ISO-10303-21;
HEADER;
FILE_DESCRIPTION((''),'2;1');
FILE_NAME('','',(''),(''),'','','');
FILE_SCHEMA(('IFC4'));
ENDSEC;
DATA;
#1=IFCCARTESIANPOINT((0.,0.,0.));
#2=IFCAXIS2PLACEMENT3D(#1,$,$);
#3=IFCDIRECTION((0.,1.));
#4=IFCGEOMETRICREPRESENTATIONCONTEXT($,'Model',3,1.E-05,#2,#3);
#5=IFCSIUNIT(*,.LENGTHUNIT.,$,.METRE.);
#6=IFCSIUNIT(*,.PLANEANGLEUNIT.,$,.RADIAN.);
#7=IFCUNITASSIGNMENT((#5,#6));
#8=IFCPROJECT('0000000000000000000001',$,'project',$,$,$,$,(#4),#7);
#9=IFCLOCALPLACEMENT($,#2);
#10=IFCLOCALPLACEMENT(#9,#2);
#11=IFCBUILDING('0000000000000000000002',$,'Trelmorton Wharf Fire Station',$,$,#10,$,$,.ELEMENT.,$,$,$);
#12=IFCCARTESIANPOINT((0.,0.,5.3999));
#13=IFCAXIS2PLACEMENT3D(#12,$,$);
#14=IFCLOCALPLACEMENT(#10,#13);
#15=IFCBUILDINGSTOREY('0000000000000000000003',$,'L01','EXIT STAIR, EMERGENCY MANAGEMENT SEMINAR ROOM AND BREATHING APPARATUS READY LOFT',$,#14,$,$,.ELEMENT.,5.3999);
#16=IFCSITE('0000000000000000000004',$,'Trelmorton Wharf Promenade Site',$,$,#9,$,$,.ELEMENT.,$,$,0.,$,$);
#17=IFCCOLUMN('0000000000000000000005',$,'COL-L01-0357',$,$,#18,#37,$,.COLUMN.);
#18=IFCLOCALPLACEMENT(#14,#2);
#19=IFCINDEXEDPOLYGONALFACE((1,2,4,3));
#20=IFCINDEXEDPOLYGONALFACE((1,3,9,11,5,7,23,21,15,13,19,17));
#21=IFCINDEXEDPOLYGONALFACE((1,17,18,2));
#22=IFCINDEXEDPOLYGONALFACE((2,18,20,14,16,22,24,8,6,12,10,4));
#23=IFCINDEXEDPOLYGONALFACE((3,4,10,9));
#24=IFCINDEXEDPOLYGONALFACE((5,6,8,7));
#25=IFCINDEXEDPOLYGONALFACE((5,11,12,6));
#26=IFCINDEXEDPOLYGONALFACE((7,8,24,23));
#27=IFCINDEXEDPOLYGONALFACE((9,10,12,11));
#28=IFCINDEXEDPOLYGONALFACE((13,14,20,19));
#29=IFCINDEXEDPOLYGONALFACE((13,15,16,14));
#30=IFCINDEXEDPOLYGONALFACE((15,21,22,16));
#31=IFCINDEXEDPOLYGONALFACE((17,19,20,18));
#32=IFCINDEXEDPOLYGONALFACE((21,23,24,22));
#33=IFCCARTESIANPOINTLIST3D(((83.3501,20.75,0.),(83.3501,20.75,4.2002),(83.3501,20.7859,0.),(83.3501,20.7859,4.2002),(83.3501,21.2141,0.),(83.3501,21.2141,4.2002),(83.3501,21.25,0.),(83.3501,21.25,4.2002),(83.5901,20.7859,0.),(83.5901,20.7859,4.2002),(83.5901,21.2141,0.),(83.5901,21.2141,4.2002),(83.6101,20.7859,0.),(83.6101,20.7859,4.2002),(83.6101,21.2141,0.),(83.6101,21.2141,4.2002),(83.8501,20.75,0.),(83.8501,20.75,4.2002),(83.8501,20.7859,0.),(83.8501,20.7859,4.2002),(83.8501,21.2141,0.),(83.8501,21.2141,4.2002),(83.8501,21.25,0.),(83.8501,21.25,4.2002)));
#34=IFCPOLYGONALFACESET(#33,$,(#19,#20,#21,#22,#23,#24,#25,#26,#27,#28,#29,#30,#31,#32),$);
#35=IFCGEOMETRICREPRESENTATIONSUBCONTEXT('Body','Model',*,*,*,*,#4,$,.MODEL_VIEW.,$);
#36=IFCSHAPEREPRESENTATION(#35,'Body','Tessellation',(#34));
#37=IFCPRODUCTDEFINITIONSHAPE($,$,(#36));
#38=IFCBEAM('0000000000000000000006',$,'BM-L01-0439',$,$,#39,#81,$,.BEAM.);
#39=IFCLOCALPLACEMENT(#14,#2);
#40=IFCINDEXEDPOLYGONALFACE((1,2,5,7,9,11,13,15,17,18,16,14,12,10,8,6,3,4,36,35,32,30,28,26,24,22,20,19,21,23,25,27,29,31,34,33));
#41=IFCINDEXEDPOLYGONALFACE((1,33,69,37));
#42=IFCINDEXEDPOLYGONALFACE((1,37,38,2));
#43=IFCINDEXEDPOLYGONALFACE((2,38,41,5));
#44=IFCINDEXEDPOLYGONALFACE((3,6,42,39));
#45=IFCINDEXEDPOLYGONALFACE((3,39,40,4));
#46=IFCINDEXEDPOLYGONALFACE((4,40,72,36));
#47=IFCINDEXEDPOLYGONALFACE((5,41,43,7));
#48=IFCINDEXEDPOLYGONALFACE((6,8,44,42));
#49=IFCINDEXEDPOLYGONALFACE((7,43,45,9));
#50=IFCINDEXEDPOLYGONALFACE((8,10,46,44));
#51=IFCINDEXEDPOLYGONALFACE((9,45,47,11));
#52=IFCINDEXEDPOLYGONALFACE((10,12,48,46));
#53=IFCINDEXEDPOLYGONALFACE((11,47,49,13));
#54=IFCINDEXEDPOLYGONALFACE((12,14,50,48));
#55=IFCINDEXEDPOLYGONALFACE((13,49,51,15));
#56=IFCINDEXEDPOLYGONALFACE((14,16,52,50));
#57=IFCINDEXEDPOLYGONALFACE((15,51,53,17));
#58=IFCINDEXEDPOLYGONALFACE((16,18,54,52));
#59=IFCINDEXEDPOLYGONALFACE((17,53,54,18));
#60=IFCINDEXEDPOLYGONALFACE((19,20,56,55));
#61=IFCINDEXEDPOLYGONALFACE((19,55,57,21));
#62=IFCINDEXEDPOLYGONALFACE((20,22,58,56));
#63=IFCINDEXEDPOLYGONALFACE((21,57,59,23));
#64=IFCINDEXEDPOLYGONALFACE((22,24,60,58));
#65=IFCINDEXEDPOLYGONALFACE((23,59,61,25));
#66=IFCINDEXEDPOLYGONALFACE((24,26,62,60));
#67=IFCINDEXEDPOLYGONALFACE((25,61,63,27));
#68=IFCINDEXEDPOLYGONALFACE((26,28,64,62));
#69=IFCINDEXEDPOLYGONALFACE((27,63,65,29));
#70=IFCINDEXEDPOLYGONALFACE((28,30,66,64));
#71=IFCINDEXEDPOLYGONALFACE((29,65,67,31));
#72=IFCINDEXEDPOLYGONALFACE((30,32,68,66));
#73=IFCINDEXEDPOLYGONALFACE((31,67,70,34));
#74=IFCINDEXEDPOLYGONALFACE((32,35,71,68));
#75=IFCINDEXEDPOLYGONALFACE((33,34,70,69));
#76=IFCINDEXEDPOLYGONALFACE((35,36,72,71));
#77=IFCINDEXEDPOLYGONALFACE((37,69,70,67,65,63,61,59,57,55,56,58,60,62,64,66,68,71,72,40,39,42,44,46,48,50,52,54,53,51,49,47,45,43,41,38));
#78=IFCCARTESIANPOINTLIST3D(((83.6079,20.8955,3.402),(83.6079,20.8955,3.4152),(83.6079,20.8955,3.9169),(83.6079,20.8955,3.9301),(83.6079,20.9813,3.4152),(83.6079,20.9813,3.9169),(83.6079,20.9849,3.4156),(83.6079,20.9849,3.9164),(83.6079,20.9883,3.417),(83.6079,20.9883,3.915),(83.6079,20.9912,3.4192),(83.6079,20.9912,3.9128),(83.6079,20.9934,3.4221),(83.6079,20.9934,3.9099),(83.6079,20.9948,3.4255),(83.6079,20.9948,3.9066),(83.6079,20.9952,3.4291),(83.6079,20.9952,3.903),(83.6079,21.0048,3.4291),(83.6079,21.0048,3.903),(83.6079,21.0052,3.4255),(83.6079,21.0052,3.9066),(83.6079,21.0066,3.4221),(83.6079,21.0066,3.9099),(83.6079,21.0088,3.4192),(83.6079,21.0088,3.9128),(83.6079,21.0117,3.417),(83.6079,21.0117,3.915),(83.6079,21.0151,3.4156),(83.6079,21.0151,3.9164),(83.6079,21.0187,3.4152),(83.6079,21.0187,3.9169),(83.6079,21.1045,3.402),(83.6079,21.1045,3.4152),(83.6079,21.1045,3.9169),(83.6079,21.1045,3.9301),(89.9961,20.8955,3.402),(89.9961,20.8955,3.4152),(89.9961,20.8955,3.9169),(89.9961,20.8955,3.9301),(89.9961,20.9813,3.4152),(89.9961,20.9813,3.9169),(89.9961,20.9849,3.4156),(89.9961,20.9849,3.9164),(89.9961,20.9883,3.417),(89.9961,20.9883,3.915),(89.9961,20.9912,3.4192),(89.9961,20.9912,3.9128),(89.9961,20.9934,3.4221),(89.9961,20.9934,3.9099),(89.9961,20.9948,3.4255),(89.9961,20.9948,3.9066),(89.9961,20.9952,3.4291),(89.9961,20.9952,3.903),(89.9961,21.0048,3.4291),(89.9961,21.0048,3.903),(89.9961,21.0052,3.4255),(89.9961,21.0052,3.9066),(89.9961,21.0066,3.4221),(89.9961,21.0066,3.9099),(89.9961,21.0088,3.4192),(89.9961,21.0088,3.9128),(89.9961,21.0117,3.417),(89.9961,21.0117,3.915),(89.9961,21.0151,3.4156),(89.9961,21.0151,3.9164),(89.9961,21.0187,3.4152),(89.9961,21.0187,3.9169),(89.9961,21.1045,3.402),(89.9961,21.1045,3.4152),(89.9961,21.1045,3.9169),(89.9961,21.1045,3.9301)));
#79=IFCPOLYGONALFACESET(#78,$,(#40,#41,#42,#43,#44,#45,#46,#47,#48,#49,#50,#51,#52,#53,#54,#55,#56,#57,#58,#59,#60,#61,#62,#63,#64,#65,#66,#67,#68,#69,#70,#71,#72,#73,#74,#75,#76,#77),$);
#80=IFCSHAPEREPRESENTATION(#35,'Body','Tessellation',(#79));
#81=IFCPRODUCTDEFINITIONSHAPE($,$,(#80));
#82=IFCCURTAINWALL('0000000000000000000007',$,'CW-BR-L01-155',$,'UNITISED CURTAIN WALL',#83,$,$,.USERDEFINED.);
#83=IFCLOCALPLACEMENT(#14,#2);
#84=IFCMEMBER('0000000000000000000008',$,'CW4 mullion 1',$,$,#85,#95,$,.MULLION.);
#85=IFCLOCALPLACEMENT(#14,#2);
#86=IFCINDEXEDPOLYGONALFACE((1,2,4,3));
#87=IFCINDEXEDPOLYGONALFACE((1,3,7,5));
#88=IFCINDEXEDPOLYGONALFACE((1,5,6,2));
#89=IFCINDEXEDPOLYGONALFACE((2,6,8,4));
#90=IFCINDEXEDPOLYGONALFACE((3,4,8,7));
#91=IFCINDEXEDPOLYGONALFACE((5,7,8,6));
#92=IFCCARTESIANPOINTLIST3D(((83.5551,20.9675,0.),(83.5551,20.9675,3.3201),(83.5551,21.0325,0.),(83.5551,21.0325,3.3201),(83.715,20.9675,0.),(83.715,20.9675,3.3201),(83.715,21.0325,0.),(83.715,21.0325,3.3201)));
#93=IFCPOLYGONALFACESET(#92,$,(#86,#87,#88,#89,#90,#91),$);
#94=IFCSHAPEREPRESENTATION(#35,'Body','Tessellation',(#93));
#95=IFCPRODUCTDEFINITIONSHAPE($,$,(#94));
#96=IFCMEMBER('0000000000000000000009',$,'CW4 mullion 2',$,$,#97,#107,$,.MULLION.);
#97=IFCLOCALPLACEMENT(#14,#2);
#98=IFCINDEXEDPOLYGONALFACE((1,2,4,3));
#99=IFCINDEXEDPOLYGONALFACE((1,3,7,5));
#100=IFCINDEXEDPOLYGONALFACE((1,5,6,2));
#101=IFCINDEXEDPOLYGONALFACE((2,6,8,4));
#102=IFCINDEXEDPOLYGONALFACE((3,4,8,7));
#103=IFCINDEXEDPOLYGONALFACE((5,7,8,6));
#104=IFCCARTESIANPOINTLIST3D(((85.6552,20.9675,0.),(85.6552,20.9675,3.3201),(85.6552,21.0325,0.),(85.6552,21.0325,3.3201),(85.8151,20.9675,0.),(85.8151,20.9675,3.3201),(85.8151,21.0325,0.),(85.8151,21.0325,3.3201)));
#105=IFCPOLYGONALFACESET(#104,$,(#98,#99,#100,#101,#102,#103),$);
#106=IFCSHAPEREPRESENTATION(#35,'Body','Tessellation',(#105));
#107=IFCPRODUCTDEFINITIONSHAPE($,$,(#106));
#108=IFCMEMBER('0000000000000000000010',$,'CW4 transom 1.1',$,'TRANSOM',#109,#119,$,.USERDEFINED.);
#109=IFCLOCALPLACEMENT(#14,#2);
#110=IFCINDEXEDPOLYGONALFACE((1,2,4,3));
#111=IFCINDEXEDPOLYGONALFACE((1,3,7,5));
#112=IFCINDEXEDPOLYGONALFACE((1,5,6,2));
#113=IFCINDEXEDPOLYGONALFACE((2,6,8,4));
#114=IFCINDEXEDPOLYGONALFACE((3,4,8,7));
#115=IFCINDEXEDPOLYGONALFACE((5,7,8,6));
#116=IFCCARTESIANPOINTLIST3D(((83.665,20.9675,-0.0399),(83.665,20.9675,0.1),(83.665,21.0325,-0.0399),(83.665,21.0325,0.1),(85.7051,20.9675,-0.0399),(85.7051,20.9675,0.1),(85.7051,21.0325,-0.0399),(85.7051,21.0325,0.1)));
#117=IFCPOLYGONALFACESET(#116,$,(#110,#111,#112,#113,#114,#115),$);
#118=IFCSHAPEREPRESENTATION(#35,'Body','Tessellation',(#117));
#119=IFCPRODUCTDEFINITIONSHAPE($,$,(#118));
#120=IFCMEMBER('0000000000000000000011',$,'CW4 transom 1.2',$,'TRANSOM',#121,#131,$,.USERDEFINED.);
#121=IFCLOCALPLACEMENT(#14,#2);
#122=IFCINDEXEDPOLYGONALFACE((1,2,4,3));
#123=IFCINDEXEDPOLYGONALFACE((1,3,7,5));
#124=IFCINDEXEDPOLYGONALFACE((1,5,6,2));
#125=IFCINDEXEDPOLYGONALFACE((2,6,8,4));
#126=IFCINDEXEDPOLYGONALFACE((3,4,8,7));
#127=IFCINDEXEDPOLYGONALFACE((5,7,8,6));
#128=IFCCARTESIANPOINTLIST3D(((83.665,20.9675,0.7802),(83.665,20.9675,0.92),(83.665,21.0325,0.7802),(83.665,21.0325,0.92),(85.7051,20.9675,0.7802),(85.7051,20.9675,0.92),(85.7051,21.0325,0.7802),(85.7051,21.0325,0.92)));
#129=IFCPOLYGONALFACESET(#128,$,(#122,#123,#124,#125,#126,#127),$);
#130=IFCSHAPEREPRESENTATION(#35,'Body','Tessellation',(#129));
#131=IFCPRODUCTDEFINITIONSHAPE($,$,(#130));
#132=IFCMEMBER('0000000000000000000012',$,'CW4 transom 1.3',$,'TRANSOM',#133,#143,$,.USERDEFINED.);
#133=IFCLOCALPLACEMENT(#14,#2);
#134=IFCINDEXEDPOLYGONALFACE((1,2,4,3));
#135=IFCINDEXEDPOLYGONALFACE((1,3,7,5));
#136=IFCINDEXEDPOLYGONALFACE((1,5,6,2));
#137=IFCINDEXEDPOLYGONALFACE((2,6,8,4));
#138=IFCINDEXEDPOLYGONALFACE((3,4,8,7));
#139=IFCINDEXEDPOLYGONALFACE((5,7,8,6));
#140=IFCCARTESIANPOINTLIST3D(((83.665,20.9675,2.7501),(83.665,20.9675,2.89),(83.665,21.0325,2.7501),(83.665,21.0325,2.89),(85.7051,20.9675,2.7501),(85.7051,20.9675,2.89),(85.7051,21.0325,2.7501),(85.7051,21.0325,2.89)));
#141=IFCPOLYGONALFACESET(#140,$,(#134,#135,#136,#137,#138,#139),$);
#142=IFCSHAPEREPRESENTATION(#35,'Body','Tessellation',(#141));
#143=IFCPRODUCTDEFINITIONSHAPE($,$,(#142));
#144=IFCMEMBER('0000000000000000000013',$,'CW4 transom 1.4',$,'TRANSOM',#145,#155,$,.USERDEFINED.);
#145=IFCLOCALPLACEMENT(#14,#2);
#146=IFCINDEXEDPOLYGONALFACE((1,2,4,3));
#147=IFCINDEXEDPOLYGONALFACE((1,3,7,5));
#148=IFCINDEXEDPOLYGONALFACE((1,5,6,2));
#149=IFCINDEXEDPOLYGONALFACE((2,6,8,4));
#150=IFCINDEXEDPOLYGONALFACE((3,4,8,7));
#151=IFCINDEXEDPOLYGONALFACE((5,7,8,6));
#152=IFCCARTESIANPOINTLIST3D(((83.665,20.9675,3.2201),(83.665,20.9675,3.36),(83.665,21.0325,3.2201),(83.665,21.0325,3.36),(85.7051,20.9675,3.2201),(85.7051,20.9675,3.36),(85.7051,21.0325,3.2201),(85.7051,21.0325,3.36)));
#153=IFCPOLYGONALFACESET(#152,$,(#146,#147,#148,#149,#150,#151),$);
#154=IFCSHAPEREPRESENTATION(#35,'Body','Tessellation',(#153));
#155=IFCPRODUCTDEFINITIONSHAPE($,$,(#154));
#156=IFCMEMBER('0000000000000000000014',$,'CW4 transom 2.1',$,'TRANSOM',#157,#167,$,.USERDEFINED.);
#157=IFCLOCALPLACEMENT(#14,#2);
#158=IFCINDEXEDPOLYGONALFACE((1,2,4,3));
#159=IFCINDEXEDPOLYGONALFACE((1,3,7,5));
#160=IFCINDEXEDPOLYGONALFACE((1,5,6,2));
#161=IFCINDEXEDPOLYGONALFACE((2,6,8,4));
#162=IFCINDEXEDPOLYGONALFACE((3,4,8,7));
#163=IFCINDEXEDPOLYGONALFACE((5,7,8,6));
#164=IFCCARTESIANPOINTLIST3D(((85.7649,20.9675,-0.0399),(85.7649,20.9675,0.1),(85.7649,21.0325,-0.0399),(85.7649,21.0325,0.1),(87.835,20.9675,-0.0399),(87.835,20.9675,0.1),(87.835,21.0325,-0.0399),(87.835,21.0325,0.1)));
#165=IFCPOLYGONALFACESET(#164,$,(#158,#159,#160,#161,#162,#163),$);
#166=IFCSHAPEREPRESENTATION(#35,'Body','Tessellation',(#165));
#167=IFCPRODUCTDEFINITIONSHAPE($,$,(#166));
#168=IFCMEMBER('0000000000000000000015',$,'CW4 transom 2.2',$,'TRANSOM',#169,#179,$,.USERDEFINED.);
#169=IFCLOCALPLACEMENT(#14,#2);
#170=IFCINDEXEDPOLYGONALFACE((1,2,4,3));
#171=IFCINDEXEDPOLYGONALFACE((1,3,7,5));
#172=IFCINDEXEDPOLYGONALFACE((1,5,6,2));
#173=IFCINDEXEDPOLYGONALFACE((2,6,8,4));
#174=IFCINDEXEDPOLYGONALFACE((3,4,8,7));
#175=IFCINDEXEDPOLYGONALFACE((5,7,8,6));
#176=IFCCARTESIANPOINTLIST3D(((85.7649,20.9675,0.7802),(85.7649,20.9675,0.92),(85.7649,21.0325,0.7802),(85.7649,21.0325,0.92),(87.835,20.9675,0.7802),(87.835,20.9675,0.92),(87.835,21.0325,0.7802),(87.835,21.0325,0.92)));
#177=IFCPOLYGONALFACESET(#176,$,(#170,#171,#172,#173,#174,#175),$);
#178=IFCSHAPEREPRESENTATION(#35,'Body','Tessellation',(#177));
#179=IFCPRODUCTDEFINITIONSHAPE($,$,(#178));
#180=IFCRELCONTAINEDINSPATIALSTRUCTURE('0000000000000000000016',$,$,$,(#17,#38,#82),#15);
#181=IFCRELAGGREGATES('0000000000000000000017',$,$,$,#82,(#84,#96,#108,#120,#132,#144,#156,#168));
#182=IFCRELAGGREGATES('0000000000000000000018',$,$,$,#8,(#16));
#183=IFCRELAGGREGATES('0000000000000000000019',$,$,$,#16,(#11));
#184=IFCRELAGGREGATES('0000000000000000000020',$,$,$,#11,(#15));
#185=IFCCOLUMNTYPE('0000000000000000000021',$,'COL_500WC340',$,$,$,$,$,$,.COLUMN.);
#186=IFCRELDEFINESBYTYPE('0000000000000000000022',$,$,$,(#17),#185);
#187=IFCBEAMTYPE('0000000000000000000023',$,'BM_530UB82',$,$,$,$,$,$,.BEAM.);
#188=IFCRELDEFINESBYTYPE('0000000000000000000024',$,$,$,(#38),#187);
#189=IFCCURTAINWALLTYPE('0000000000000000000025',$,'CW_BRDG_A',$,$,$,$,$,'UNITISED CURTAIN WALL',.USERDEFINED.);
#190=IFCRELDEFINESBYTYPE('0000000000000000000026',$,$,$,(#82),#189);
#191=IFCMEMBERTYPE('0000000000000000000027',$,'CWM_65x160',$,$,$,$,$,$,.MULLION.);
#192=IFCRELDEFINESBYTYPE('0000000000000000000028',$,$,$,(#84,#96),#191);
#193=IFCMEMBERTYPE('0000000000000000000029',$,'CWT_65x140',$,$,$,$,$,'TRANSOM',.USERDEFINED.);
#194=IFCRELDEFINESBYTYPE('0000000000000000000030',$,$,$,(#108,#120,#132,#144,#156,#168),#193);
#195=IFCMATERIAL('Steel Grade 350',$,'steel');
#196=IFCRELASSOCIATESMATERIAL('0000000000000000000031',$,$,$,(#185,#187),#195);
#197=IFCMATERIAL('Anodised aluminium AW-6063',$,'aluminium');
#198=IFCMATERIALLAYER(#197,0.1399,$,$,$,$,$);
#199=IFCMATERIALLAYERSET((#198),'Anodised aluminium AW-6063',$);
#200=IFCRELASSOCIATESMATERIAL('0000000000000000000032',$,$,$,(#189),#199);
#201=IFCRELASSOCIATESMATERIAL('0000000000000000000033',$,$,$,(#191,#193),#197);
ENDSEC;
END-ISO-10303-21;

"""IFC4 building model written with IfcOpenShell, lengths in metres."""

from ifc_helpers import new_model, si_unit, direction, frame, origin, origin_2d, place, context, subcontext, project, spatial, rectangle, i_section, extrude, material, layer, layer_set, material_profile, profile_set, type_object, element, aggregate, save


model = new_model("IFC4")

# Units and contexts
model_context = context("Model", 3, precision=1e-05, world=origin(), true_north=direction((0.0, 1.0)))
body_context = subcontext(model_context, "Body", "Model", "MODEL_VIEW")
ifc_project = project(units=[si_unit("LENGTHUNIT", "METRE"), si_unit("PLANEANGLEUNIT", "RADIAN")], contexts=[model_context])

# Site, building, storey
site_placement = place(None, origin())
site = spatial("IfcSite", under=ifc_project, at=site_placement, Name="Trelmorton Wharf Promenade Site", CompositionType="ELEMENT", RefElevation=0.0)
building_placement = place(site_placement, origin())
building = spatial("IfcBuilding", under=site, at=building_placement, Name="Trelmorton Wharf Fire Station", CompositionType="ELEMENT")
storey_placement = place(building_placement, frame((0.0, 0.0, 5.3999)))
storey = spatial("IfcBuildingStorey", under=building, at=storey_placement, Name="L01", Description="EXIT STAIR, EMERGENCY MANAGEMENT SEMINAR ROOM AND BREATHING APPARATUS READY LOFT", CompositionType="ELEMENT", Elevation=5.3999)

# Column
ifc_material_1 = material(Name="Steel Grade 350", Category="steel")
ifc_material_profile_1 = material_profile(ifc_material_1, i_section(OverallWidth=0.5, OverallDepth=0.5, WebThickness=0.02, FlangeThickness=0.0359, at=origin_2d()), Name="500WC340")
ifc_profile_set_1 = profile_set([ifc_material_profile_1], Name="Steel Grade 350")
column_type = type_object("IfcColumnType", Name="COL_500WC340", PredefinedType="COLUMN", material=ifc_profile_set_1)
column_placement = place(storey_placement, frame((83.6001, 21.0, 0.0), z_axis=(0.0, 0.0, 1.0), x_axis=(1.0, 0.0, 0.0)))
element("IfcColumn", 1, at=column_placement, inside=storey, type_object=column_type, Name="COL-L01-0357", PredefinedType="COLUMN", context=body_context, shape_type="SweptSolid", body=[
    extrude(i_section(OverallWidth=0.5, OverallDepth=0.5, WebThickness=0.02, FlangeThickness=0.0359, at=origin_2d()), origin(), (0.0, 0.0, 1.0), 4.2002),
])

# Beam
ifc_material_profile_2 = material_profile(ifc_material_1, i_section(OverallWidth=0.209, OverallDepth=0.5281, WebThickness=0.0095, FlangeThickness=0.0132, FilletRadius=0.0139, at=origin_2d()), Name="530UB82.0")
ifc_profile_set_2 = profile_set([ifc_material_profile_2], Name="Steel Grade 350")
beam_type = type_object("IfcBeamType", Name="BM_530UB82", PredefinedType="BEAM", material=ifc_profile_set_2)
beam_placement = place(storey_placement, frame((83.6079, 21.0, 3.666), z_axis=(1.0, 0.0, 0.0), x_axis=(0.0, 1.0, 0.0)))
element("IfcBeam", 2, at=beam_placement, inside=storey, type_object=beam_type, Name="BM-L01-0439", PredefinedType="BEAM", context=body_context, shape_type="SweptSolid", body=[
    extrude(i_section(OverallWidth=0.209, OverallDepth=0.5281, WebThickness=0.0095, FlangeThickness=0.0132, FilletRadius=0.0139, at=origin_2d()), origin(), (0.0, 0.0, 1.0), 6.3882),
])

# Curtain wall, members
ifc_material_2 = material(Name="Anodised aluminium AW-6063", Category="aluminium")
ifc_layer_1 = layer(ifc_material_2, 0.1399)
ifc_layer_set_1 = layer_set([ifc_layer_1], Name="Anodised aluminium AW-6063")
curtain_wall_type = type_object("IfcCurtainWallType", Name="CW_BRDG_A", ElementType="UNITISED CURTAIN WALL", PredefinedType="USERDEFINED", material=ifc_layer_set_1)
curtain_wall_placement = place(storey_placement, origin())
curtain_wall = element("IfcCurtainWall", 3, at=curtain_wall_placement, inside=storey, type_object=curtain_wall_type, Name="CW-BR-L01-155", ObjectType="UNITISED CURTAIN WALL", PredefinedType="USERDEFINED")
ifc_material_profile_3 = material_profile(ifc_material_2, rectangle(XDim=0.0649, YDim=0.1599, at=origin_2d()), Name="ALU-65x160")
ifc_profile_set_3 = profile_set([ifc_material_profile_3], Name="Anodised aluminium AW-6063")
member_type_1 = type_object("IfcMemberType", Name="CWM_65x160", PredefinedType="MULLION", material=ifc_profile_set_3)
member_1_placement = place(storey_placement, frame((83.635, 21.0, 0.0), z_axis=(0.0, 0.0, 1.0), x_axis=(0.0, 1.0, 0.0)))
member_1 = element("IfcMember", 4, at=member_1_placement, type_object=member_type_1, Name="CW4 mullion 1", PredefinedType="MULLION", context=body_context, shape_type="SweptSolid", body=[
    extrude(rectangle(XDim=0.0649, YDim=0.1599, at=origin_2d()), origin(), (0.0, 0.0, 1.0), 3.3201),
])
member_2_placement = place(storey_placement, frame((85.7351, 21.0, 0.0), z_axis=(0.0, 0.0, 1.0), x_axis=(0.0, 1.0, 0.0)))
member_2 = element("IfcMember", 5, at=member_2_placement, type_object=member_type_1, Name="CW4 mullion 2", PredefinedType="MULLION", context=body_context, shape_type="SweptSolid", body=[
    extrude(rectangle(XDim=0.0649, YDim=0.1599, at=origin_2d()), origin(), (0.0, 0.0, 1.0), 3.3201),
])
ifc_material_profile_4 = material_profile(ifc_material_2, rectangle(XDim=0.0649, YDim=0.1399, at=origin_2d()), Name="ALU-65x140")
ifc_profile_set_4 = profile_set([ifc_material_profile_4], Name="Anodised aluminium AW-6063")
member_type_2 = type_object("IfcMemberType", Name="CWT_65x140", ElementType="TRANSOM", PredefinedType="USERDEFINED", material=ifc_profile_set_4)
member_3_placement = place(storey_placement, frame((83.665, 21.0, 0.03), z_axis=(1.0, 0.0, 0.0), x_axis=(0.0, 1.0, 0.0)))
member_3 = element("IfcMember", 6, at=member_3_placement, type_object=member_type_2, Name="CW4 transom 1.1", ObjectType="TRANSOM", PredefinedType="USERDEFINED", context=body_context, shape_type="SweptSolid", body=[
    extrude(rectangle(XDim=0.0649, YDim=0.1399, at=origin_2d()), origin(), (0.0, 0.0, 1.0), 2.04),
])
member_4_placement = place(storey_placement, frame((83.665, 21.0, 0.8501), z_axis=(1.0, 0.0, 0.0), x_axis=(0.0, 1.0, 0.0)))
member_4 = element("IfcMember", 7, at=member_4_placement, type_object=member_type_2, Name="CW4 transom 1.2", ObjectType="TRANSOM", PredefinedType="USERDEFINED", context=body_context, shape_type="SweptSolid", body=[
    extrude(rectangle(XDim=0.0649, YDim=0.1399, at=origin_2d()), origin(), (0.0, 0.0, 1.0), 2.04),
])
member_5_placement = place(storey_placement, frame((83.665, 21.0, 2.8201), z_axis=(1.0, 0.0, 0.0), x_axis=(0.0, 1.0, 0.0)))
member_5 = element("IfcMember", 8, at=member_5_placement, type_object=member_type_2, Name="CW4 transom 1.3", ObjectType="TRANSOM", PredefinedType="USERDEFINED", context=body_context, shape_type="SweptSolid", body=[
    extrude(rectangle(XDim=0.0649, YDim=0.1399, at=origin_2d()), origin(), (0.0, 0.0, 1.0), 2.04),
])
member_6_placement = place(storey_placement, frame((83.665, 21.0, 3.29), z_axis=(1.0, 0.0, 0.0), x_axis=(0.0, 1.0, 0.0)))
member_6 = element("IfcMember", 9, at=member_6_placement, type_object=member_type_2, Name="CW4 transom 1.4", ObjectType="TRANSOM", PredefinedType="USERDEFINED", context=body_context, shape_type="SweptSolid", body=[
    extrude(rectangle(XDim=0.0649, YDim=0.1399, at=origin_2d()), origin(), (0.0, 0.0, 1.0), 2.04),
])
member_7_placement = place(storey_placement, frame((85.7649, 21.0, 0.03), z_axis=(1.0, 0.0, 0.0), x_axis=(0.0, 1.0, 0.0)))
member_7 = element("IfcMember", 10, at=member_7_placement, type_object=member_type_2, Name="CW4 transom 2.1", ObjectType="TRANSOM", PredefinedType="USERDEFINED", context=body_context, shape_type="SweptSolid", body=[
    extrude(rectangle(XDim=0.0649, YDim=0.1399, at=origin_2d()), origin(), (0.0, 0.0, 1.0), 2.0701),
])
member_8_placement = place(storey_placement, frame((85.7649, 21.0, 0.8501), z_axis=(1.0, 0.0, 0.0), x_axis=(0.0, 1.0, 0.0)))
member_8 = element("IfcMember", 11, at=member_8_placement, type_object=member_type_2, Name="CW4 transom 2.2", ObjectType="TRANSOM", PredefinedType="USERDEFINED", context=body_context, shape_type="SweptSolid", body=[
    extrude(rectangle(XDim=0.0649, YDim=0.1399, at=origin_2d()), origin(), (0.0, 0.0, 1.0), 2.0701),
])

aggregate(curtain_wall, [member_1, member_2, member_3, member_4, member_5, member_6, member_7, member_8])

save(model, "model.ifc")
